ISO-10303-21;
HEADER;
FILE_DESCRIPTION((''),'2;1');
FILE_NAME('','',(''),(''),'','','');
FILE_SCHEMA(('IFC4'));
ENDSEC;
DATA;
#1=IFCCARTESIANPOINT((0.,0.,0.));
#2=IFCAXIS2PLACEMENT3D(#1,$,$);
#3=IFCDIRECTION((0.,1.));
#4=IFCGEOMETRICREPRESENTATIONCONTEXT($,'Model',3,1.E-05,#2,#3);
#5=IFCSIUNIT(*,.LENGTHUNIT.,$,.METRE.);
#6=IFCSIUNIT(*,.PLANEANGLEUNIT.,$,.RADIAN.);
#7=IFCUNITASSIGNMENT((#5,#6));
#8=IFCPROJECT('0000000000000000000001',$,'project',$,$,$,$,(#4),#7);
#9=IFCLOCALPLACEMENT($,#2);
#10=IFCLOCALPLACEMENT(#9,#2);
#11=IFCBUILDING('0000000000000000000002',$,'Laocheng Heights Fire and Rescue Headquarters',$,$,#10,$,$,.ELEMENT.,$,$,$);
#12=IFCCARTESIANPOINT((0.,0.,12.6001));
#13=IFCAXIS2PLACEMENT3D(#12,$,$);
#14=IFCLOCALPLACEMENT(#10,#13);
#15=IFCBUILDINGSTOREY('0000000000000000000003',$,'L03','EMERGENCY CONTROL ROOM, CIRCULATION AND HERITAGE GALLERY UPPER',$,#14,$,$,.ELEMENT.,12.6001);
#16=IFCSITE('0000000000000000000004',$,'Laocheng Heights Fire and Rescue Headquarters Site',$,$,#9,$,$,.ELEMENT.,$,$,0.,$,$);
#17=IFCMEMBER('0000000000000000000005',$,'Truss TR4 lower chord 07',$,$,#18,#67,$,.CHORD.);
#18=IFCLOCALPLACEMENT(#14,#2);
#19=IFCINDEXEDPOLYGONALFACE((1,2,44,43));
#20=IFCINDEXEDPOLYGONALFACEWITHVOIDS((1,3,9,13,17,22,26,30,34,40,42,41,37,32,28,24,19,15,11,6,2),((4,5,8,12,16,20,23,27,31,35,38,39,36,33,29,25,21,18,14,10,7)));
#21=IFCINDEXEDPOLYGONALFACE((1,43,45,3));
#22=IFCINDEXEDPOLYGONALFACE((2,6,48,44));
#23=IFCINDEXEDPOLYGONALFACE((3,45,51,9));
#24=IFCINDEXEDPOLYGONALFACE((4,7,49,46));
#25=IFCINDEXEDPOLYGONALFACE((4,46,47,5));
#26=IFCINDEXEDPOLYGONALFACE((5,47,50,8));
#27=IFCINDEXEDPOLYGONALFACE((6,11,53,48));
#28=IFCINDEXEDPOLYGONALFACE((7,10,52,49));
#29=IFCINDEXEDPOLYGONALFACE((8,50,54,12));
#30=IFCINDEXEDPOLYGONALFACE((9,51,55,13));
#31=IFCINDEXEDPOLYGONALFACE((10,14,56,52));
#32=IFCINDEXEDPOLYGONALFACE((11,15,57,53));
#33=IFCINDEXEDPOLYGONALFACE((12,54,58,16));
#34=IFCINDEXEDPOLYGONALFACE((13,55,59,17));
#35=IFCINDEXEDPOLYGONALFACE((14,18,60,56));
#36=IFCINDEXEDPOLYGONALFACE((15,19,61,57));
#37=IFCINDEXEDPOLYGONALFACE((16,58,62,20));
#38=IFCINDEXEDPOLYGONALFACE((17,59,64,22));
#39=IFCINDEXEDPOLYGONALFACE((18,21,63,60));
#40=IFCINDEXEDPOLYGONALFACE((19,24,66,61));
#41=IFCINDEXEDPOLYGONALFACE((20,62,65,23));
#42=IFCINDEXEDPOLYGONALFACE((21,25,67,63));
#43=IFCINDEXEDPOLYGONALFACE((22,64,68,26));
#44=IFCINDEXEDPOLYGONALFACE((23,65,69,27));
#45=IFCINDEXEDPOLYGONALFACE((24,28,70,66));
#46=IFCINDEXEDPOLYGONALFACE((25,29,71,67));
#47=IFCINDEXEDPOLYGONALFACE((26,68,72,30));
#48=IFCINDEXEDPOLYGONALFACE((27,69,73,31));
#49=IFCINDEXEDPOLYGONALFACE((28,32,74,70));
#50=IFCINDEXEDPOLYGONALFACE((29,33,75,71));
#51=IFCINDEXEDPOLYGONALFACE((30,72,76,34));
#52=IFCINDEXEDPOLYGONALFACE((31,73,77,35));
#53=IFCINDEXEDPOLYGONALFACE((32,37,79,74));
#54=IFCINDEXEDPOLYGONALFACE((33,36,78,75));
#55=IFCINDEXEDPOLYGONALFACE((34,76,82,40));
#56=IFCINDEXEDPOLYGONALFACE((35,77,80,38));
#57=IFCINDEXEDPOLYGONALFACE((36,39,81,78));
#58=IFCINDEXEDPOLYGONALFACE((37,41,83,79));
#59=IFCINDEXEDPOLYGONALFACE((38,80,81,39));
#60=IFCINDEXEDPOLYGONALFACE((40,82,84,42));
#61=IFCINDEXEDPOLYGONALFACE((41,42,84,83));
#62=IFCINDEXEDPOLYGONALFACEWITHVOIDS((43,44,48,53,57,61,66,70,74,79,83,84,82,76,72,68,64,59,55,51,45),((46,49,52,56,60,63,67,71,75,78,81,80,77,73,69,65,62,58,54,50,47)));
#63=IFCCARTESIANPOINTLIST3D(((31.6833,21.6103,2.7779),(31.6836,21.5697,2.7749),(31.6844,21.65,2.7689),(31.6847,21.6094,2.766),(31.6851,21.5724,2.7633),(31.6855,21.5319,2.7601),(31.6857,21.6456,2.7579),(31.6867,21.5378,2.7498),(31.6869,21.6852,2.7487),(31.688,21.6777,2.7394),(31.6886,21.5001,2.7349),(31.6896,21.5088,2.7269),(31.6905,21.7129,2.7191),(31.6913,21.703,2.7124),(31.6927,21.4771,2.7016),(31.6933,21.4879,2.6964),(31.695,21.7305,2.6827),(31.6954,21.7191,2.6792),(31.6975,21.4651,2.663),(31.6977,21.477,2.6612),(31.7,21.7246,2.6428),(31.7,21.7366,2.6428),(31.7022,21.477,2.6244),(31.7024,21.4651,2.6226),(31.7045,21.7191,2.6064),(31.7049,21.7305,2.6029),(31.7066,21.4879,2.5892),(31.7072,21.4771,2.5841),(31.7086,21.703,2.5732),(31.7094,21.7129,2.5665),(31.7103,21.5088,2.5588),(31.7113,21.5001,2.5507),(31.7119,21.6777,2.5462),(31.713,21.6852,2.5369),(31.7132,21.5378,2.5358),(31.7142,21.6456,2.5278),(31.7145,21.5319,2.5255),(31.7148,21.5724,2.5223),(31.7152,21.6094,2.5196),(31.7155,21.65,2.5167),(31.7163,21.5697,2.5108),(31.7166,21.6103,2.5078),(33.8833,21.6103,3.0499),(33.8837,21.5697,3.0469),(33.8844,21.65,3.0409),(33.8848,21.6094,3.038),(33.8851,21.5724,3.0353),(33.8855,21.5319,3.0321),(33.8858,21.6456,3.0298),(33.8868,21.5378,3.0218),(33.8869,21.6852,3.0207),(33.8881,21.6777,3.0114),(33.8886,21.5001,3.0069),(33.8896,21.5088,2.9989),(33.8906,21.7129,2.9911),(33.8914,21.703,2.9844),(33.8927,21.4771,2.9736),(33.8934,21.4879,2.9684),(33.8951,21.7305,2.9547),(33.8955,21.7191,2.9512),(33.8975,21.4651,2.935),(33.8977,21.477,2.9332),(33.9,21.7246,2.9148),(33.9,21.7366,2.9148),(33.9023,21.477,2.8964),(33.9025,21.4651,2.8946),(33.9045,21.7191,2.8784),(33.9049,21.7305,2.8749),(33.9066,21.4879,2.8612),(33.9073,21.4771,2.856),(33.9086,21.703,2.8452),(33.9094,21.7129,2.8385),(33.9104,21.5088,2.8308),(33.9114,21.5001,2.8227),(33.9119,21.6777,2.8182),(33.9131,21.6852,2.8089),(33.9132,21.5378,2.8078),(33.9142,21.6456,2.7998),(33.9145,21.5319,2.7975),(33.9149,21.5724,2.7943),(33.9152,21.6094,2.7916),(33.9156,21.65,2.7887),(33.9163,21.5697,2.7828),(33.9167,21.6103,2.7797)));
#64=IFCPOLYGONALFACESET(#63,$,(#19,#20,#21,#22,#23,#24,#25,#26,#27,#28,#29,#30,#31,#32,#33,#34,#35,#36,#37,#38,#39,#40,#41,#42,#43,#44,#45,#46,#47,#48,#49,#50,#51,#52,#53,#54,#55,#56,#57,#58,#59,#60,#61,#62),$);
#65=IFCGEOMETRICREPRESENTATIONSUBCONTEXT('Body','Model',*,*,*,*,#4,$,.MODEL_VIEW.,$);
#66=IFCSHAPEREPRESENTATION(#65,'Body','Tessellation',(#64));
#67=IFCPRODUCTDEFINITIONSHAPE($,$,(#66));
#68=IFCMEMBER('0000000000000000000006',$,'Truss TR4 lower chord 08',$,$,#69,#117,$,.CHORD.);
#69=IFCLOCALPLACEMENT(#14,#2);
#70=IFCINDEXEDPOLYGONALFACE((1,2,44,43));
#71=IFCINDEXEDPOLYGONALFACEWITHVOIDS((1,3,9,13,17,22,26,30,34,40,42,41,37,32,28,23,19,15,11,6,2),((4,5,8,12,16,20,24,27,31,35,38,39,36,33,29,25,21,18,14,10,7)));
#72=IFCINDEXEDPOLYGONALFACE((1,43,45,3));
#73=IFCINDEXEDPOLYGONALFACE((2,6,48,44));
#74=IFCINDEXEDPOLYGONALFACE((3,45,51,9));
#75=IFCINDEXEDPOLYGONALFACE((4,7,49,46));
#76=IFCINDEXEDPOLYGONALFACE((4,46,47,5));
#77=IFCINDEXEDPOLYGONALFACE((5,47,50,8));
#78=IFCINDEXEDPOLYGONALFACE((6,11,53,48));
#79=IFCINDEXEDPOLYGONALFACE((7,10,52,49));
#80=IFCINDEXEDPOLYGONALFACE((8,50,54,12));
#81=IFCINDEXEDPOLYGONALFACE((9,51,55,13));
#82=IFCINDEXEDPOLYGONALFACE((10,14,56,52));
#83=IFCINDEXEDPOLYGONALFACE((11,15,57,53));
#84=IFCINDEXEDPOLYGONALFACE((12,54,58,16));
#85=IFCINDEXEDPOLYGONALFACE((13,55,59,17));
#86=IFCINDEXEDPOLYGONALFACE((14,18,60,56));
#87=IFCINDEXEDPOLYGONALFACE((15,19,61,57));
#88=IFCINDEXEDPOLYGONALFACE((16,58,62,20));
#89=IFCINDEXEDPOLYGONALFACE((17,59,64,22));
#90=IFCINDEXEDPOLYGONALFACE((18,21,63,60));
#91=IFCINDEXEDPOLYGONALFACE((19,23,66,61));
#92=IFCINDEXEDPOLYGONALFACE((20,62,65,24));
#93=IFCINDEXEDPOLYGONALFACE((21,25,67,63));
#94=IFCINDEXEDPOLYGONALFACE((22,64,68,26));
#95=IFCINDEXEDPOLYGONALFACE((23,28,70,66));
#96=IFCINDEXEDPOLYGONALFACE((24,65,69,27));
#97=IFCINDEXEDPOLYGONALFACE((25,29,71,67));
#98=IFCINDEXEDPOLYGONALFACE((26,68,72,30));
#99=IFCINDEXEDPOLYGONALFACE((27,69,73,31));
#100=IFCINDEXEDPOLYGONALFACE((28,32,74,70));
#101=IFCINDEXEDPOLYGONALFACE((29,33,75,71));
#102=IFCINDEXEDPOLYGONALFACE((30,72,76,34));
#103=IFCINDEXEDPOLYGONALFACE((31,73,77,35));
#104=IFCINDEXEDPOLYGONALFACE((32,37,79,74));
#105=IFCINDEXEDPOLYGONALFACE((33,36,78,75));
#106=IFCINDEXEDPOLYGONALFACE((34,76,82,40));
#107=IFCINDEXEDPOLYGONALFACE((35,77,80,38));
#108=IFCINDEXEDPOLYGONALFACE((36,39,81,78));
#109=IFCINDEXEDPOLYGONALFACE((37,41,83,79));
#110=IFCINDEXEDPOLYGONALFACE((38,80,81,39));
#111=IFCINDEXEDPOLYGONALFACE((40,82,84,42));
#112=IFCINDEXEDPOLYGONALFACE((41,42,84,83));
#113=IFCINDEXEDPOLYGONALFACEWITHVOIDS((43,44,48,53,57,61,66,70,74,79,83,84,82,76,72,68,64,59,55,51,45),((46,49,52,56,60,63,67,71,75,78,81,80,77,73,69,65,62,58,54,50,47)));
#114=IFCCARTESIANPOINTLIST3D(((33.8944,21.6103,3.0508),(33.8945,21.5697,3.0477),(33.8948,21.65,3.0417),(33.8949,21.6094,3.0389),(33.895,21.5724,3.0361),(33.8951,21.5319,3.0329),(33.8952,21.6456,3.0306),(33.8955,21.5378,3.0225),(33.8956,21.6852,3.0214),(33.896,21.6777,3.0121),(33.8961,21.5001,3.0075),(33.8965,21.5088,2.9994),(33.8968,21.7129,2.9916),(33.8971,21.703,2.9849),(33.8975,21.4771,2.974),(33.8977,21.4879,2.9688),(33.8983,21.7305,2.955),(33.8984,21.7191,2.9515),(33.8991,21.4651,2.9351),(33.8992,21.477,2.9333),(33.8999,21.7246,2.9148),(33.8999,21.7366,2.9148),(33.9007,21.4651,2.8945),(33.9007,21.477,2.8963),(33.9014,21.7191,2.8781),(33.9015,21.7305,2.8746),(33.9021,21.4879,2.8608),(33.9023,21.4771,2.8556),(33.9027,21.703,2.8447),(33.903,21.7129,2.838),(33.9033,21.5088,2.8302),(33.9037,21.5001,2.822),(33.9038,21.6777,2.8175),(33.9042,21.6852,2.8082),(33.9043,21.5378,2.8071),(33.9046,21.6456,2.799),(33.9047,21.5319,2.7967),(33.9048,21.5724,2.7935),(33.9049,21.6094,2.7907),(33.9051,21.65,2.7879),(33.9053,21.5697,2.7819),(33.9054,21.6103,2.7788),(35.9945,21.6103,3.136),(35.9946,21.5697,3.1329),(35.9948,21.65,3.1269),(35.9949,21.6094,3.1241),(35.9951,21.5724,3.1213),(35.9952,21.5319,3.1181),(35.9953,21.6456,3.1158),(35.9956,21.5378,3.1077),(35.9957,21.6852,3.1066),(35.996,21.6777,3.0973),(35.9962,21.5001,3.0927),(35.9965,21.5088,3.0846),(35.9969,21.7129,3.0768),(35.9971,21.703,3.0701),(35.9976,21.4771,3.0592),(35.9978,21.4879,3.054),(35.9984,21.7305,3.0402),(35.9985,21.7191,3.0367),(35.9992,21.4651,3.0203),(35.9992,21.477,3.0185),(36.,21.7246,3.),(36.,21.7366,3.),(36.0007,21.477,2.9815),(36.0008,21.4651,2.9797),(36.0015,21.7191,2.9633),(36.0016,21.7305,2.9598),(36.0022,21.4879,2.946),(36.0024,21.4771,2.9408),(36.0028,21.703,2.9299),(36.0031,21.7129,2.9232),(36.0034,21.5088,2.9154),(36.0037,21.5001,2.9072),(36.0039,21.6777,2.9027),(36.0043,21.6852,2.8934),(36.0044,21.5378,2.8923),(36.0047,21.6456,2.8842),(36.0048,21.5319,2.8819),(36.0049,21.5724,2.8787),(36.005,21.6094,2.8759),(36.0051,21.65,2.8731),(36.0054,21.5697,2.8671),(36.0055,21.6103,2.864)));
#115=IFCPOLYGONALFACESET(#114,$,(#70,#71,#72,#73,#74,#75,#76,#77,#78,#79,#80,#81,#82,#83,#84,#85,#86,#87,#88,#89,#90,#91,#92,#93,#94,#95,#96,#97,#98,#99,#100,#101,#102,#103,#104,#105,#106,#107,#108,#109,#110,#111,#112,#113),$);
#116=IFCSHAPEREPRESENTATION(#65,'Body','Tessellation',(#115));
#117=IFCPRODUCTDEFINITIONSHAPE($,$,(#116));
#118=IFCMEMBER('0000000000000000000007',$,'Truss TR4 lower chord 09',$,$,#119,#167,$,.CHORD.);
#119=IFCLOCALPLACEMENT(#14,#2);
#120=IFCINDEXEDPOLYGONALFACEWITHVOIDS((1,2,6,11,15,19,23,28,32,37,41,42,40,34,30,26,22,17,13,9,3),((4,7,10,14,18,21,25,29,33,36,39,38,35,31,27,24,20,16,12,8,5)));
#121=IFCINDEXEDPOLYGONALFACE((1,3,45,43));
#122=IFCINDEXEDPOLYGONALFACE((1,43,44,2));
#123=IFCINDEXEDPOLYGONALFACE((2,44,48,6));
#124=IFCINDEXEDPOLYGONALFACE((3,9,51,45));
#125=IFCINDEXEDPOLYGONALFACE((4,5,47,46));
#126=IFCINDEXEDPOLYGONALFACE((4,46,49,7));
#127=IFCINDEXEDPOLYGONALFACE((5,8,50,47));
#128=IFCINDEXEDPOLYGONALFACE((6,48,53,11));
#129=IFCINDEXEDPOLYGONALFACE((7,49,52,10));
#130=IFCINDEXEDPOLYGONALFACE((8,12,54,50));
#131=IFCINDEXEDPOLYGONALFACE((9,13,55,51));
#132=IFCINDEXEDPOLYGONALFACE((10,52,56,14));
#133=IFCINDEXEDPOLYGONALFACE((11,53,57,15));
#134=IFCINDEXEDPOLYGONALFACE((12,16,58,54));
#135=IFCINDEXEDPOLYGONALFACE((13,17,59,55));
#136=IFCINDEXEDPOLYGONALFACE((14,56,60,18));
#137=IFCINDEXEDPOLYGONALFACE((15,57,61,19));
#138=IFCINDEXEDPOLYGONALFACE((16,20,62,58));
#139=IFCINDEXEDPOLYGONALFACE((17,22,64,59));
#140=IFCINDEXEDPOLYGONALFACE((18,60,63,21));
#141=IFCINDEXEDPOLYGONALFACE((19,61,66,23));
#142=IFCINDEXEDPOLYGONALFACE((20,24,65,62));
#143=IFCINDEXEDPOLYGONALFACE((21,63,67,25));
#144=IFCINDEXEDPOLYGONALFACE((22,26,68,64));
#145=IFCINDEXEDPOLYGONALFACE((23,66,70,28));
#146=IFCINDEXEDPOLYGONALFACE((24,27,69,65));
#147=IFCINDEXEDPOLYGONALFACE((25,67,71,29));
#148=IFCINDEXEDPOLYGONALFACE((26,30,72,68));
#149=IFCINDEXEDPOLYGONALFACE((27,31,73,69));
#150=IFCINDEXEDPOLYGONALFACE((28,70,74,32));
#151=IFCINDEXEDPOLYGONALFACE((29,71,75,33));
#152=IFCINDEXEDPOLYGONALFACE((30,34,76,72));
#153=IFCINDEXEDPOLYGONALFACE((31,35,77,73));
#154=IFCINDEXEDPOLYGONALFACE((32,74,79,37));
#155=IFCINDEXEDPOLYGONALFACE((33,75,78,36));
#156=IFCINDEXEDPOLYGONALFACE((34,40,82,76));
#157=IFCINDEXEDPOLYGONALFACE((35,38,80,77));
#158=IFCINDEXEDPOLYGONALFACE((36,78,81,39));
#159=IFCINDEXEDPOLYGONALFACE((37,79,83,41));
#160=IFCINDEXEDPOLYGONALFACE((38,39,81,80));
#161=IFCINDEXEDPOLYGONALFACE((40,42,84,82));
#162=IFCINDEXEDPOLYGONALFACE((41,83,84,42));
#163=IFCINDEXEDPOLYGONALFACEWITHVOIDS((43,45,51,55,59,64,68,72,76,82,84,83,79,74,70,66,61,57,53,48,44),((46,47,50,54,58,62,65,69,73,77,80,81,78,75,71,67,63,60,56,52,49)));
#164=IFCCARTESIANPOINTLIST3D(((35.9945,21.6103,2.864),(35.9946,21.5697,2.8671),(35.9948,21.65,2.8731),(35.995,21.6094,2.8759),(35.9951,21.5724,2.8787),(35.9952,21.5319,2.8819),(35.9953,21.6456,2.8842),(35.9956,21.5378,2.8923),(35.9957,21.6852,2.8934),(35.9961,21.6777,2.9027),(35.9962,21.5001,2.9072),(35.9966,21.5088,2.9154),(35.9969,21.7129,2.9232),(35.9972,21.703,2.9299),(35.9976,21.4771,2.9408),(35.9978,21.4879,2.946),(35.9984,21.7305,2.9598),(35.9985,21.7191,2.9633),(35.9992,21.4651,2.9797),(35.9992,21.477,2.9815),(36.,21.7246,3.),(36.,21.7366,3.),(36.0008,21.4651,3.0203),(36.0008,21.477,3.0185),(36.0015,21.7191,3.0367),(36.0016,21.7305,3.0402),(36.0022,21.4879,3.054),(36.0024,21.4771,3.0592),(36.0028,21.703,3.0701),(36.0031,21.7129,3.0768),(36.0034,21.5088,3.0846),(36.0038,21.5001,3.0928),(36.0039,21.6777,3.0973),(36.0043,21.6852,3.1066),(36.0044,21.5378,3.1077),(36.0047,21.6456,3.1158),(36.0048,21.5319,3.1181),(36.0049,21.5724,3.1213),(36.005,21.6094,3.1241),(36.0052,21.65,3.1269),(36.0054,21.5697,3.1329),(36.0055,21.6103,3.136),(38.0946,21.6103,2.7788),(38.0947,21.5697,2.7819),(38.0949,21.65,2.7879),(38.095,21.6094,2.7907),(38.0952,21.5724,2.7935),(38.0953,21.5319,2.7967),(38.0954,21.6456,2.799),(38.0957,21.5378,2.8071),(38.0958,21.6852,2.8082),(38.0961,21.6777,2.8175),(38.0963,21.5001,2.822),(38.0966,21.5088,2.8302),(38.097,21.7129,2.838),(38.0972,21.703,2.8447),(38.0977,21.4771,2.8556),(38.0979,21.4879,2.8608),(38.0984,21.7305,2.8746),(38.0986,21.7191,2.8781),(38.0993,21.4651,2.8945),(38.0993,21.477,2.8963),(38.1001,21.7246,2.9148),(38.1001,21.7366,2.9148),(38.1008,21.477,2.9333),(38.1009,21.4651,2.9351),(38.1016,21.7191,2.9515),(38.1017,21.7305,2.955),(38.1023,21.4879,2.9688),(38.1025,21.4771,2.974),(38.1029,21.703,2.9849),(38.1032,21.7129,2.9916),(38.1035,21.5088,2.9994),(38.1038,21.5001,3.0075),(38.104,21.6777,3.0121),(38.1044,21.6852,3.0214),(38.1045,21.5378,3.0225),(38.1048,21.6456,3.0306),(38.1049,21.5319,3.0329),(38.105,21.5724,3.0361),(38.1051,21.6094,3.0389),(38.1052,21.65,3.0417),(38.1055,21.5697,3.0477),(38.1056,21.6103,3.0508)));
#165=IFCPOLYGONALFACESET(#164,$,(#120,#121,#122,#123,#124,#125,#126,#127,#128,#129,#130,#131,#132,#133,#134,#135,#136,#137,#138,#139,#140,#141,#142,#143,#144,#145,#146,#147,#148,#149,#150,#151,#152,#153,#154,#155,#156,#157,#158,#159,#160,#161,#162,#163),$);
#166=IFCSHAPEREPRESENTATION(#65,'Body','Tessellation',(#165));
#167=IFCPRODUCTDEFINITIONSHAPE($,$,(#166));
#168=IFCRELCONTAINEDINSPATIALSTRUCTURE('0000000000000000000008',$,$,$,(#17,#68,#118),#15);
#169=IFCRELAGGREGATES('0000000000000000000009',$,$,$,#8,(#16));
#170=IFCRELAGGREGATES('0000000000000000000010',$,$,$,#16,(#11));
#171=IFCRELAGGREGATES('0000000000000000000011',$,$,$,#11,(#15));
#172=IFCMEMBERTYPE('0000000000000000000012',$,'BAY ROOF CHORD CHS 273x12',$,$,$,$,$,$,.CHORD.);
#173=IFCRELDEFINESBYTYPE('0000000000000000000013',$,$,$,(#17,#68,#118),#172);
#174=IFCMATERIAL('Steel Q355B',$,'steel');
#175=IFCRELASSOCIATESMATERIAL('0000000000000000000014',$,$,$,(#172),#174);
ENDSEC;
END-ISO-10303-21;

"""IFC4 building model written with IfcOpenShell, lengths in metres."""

from ifc_helpers import new_model, si_unit, direction, frame, origin, origin_2d, place, context, subcontext, project, spatial, hollow_circle, extrude, material, material_profile, profile_set, type_object, element, save


model = new_model("IFC4")

# Units and contexts
model_context = context("Model", 3, precision=1e-05, world=origin(), true_north=direction((0.0, 1.0)))
body_context = subcontext(model_context, "Body", "Model", "MODEL_VIEW")
ifc_project = project(units=[si_unit("LENGTHUNIT", "METRE"), si_unit("PLANEANGLEUNIT", "RADIAN")], contexts=[model_context])

# Site, building, storey
site_placement = place(None, origin())
site = spatial("IfcSite", under=ifc_project, at=site_placement, Name="Laocheng Heights Fire and Rescue Headquarters Site", CompositionType="ELEMENT", RefElevation=0.0)
building_placement = place(site_placement, origin())
building = spatial("IfcBuilding", under=site, at=building_placement, Name="Laocheng Heights Fire and Rescue Headquarters", CompositionType="ELEMENT")
storey_placement = place(building_placement, frame((0.0, 0.0, 12.6001)))
storey = spatial("IfcBuildingStorey", under=building, at=storey_placement, Name="L03", Description="EMERGENCY CONTROL ROOM, CIRCULATION AND HERITAGE GALLERY UPPER", CompositionType="ELEMENT", Elevation=12.6001)

# Members
ifc_material_1 = material(Name="Steel Q355B", Category="steel")
ifc_material_profile_1 = material_profile(ifc_material_1, hollow_circle(Radius=0.1365, WallThickness=0.012, at=origin_2d()), Name="CHS 273x12")
ifc_profile_set_1 = profile_set([ifc_material_profile_1], Name="Steel Q355B")
member_type_1 = type_object("IfcMemberType", Name="BAY ROOF CHORD CHS 273x12", PredefinedType="CHORD", material=ifc_profile_set_1)
member_1_placement = place(storey_placement, frame((31.7, 21.6001, 2.6428), z_axis=(0.992445, 0.0, 0.122693), x_axis=(0.0, 1.0, 0.0)))
element("IfcMember", 1, at=member_1_placement, inside=storey, type_object=member_type_1, Name="Truss TR4 lower chord 07", PredefinedType="CHORD", context=body_context, shape_type="SweptSolid", body=[
    extrude(hollow_circle(Radius=0.1365, WallThickness=0.012, at=origin_2d()), origin(), (0.0, 0.0, 1.0), 2.2168),
])
for number, where, z_axis, x_axis, name in (
    (2, (33.8999, 21.6001, 2.9148), (0.999178, 0.0, 0.040539), (0.0, 1.0, 0.0), "Truss TR4 lower chord 08"),
    (3, (36.0, 21.6001, 3.0), (0.999178, 0.0, -0.040539), (0.0, 1.0, 0.0), "Truss TR4 lower chord 09"),
):
    element("IfcMember", number, at=place(storey_placement, frame(where, z_axis=z_axis, x_axis=x_axis)), inside=storey, type_object=member_type_1, Name=name, PredefinedType="CHORD", context=body_context, shape_type="SweptSolid", body=[
        extrude(hollow_circle(Radius=0.1365, WallThickness=0.012, at=origin_2d()), origin(), (0.0, 0.0, 1.0), 2.1018),
    ])

save(model, "model.ifc")
